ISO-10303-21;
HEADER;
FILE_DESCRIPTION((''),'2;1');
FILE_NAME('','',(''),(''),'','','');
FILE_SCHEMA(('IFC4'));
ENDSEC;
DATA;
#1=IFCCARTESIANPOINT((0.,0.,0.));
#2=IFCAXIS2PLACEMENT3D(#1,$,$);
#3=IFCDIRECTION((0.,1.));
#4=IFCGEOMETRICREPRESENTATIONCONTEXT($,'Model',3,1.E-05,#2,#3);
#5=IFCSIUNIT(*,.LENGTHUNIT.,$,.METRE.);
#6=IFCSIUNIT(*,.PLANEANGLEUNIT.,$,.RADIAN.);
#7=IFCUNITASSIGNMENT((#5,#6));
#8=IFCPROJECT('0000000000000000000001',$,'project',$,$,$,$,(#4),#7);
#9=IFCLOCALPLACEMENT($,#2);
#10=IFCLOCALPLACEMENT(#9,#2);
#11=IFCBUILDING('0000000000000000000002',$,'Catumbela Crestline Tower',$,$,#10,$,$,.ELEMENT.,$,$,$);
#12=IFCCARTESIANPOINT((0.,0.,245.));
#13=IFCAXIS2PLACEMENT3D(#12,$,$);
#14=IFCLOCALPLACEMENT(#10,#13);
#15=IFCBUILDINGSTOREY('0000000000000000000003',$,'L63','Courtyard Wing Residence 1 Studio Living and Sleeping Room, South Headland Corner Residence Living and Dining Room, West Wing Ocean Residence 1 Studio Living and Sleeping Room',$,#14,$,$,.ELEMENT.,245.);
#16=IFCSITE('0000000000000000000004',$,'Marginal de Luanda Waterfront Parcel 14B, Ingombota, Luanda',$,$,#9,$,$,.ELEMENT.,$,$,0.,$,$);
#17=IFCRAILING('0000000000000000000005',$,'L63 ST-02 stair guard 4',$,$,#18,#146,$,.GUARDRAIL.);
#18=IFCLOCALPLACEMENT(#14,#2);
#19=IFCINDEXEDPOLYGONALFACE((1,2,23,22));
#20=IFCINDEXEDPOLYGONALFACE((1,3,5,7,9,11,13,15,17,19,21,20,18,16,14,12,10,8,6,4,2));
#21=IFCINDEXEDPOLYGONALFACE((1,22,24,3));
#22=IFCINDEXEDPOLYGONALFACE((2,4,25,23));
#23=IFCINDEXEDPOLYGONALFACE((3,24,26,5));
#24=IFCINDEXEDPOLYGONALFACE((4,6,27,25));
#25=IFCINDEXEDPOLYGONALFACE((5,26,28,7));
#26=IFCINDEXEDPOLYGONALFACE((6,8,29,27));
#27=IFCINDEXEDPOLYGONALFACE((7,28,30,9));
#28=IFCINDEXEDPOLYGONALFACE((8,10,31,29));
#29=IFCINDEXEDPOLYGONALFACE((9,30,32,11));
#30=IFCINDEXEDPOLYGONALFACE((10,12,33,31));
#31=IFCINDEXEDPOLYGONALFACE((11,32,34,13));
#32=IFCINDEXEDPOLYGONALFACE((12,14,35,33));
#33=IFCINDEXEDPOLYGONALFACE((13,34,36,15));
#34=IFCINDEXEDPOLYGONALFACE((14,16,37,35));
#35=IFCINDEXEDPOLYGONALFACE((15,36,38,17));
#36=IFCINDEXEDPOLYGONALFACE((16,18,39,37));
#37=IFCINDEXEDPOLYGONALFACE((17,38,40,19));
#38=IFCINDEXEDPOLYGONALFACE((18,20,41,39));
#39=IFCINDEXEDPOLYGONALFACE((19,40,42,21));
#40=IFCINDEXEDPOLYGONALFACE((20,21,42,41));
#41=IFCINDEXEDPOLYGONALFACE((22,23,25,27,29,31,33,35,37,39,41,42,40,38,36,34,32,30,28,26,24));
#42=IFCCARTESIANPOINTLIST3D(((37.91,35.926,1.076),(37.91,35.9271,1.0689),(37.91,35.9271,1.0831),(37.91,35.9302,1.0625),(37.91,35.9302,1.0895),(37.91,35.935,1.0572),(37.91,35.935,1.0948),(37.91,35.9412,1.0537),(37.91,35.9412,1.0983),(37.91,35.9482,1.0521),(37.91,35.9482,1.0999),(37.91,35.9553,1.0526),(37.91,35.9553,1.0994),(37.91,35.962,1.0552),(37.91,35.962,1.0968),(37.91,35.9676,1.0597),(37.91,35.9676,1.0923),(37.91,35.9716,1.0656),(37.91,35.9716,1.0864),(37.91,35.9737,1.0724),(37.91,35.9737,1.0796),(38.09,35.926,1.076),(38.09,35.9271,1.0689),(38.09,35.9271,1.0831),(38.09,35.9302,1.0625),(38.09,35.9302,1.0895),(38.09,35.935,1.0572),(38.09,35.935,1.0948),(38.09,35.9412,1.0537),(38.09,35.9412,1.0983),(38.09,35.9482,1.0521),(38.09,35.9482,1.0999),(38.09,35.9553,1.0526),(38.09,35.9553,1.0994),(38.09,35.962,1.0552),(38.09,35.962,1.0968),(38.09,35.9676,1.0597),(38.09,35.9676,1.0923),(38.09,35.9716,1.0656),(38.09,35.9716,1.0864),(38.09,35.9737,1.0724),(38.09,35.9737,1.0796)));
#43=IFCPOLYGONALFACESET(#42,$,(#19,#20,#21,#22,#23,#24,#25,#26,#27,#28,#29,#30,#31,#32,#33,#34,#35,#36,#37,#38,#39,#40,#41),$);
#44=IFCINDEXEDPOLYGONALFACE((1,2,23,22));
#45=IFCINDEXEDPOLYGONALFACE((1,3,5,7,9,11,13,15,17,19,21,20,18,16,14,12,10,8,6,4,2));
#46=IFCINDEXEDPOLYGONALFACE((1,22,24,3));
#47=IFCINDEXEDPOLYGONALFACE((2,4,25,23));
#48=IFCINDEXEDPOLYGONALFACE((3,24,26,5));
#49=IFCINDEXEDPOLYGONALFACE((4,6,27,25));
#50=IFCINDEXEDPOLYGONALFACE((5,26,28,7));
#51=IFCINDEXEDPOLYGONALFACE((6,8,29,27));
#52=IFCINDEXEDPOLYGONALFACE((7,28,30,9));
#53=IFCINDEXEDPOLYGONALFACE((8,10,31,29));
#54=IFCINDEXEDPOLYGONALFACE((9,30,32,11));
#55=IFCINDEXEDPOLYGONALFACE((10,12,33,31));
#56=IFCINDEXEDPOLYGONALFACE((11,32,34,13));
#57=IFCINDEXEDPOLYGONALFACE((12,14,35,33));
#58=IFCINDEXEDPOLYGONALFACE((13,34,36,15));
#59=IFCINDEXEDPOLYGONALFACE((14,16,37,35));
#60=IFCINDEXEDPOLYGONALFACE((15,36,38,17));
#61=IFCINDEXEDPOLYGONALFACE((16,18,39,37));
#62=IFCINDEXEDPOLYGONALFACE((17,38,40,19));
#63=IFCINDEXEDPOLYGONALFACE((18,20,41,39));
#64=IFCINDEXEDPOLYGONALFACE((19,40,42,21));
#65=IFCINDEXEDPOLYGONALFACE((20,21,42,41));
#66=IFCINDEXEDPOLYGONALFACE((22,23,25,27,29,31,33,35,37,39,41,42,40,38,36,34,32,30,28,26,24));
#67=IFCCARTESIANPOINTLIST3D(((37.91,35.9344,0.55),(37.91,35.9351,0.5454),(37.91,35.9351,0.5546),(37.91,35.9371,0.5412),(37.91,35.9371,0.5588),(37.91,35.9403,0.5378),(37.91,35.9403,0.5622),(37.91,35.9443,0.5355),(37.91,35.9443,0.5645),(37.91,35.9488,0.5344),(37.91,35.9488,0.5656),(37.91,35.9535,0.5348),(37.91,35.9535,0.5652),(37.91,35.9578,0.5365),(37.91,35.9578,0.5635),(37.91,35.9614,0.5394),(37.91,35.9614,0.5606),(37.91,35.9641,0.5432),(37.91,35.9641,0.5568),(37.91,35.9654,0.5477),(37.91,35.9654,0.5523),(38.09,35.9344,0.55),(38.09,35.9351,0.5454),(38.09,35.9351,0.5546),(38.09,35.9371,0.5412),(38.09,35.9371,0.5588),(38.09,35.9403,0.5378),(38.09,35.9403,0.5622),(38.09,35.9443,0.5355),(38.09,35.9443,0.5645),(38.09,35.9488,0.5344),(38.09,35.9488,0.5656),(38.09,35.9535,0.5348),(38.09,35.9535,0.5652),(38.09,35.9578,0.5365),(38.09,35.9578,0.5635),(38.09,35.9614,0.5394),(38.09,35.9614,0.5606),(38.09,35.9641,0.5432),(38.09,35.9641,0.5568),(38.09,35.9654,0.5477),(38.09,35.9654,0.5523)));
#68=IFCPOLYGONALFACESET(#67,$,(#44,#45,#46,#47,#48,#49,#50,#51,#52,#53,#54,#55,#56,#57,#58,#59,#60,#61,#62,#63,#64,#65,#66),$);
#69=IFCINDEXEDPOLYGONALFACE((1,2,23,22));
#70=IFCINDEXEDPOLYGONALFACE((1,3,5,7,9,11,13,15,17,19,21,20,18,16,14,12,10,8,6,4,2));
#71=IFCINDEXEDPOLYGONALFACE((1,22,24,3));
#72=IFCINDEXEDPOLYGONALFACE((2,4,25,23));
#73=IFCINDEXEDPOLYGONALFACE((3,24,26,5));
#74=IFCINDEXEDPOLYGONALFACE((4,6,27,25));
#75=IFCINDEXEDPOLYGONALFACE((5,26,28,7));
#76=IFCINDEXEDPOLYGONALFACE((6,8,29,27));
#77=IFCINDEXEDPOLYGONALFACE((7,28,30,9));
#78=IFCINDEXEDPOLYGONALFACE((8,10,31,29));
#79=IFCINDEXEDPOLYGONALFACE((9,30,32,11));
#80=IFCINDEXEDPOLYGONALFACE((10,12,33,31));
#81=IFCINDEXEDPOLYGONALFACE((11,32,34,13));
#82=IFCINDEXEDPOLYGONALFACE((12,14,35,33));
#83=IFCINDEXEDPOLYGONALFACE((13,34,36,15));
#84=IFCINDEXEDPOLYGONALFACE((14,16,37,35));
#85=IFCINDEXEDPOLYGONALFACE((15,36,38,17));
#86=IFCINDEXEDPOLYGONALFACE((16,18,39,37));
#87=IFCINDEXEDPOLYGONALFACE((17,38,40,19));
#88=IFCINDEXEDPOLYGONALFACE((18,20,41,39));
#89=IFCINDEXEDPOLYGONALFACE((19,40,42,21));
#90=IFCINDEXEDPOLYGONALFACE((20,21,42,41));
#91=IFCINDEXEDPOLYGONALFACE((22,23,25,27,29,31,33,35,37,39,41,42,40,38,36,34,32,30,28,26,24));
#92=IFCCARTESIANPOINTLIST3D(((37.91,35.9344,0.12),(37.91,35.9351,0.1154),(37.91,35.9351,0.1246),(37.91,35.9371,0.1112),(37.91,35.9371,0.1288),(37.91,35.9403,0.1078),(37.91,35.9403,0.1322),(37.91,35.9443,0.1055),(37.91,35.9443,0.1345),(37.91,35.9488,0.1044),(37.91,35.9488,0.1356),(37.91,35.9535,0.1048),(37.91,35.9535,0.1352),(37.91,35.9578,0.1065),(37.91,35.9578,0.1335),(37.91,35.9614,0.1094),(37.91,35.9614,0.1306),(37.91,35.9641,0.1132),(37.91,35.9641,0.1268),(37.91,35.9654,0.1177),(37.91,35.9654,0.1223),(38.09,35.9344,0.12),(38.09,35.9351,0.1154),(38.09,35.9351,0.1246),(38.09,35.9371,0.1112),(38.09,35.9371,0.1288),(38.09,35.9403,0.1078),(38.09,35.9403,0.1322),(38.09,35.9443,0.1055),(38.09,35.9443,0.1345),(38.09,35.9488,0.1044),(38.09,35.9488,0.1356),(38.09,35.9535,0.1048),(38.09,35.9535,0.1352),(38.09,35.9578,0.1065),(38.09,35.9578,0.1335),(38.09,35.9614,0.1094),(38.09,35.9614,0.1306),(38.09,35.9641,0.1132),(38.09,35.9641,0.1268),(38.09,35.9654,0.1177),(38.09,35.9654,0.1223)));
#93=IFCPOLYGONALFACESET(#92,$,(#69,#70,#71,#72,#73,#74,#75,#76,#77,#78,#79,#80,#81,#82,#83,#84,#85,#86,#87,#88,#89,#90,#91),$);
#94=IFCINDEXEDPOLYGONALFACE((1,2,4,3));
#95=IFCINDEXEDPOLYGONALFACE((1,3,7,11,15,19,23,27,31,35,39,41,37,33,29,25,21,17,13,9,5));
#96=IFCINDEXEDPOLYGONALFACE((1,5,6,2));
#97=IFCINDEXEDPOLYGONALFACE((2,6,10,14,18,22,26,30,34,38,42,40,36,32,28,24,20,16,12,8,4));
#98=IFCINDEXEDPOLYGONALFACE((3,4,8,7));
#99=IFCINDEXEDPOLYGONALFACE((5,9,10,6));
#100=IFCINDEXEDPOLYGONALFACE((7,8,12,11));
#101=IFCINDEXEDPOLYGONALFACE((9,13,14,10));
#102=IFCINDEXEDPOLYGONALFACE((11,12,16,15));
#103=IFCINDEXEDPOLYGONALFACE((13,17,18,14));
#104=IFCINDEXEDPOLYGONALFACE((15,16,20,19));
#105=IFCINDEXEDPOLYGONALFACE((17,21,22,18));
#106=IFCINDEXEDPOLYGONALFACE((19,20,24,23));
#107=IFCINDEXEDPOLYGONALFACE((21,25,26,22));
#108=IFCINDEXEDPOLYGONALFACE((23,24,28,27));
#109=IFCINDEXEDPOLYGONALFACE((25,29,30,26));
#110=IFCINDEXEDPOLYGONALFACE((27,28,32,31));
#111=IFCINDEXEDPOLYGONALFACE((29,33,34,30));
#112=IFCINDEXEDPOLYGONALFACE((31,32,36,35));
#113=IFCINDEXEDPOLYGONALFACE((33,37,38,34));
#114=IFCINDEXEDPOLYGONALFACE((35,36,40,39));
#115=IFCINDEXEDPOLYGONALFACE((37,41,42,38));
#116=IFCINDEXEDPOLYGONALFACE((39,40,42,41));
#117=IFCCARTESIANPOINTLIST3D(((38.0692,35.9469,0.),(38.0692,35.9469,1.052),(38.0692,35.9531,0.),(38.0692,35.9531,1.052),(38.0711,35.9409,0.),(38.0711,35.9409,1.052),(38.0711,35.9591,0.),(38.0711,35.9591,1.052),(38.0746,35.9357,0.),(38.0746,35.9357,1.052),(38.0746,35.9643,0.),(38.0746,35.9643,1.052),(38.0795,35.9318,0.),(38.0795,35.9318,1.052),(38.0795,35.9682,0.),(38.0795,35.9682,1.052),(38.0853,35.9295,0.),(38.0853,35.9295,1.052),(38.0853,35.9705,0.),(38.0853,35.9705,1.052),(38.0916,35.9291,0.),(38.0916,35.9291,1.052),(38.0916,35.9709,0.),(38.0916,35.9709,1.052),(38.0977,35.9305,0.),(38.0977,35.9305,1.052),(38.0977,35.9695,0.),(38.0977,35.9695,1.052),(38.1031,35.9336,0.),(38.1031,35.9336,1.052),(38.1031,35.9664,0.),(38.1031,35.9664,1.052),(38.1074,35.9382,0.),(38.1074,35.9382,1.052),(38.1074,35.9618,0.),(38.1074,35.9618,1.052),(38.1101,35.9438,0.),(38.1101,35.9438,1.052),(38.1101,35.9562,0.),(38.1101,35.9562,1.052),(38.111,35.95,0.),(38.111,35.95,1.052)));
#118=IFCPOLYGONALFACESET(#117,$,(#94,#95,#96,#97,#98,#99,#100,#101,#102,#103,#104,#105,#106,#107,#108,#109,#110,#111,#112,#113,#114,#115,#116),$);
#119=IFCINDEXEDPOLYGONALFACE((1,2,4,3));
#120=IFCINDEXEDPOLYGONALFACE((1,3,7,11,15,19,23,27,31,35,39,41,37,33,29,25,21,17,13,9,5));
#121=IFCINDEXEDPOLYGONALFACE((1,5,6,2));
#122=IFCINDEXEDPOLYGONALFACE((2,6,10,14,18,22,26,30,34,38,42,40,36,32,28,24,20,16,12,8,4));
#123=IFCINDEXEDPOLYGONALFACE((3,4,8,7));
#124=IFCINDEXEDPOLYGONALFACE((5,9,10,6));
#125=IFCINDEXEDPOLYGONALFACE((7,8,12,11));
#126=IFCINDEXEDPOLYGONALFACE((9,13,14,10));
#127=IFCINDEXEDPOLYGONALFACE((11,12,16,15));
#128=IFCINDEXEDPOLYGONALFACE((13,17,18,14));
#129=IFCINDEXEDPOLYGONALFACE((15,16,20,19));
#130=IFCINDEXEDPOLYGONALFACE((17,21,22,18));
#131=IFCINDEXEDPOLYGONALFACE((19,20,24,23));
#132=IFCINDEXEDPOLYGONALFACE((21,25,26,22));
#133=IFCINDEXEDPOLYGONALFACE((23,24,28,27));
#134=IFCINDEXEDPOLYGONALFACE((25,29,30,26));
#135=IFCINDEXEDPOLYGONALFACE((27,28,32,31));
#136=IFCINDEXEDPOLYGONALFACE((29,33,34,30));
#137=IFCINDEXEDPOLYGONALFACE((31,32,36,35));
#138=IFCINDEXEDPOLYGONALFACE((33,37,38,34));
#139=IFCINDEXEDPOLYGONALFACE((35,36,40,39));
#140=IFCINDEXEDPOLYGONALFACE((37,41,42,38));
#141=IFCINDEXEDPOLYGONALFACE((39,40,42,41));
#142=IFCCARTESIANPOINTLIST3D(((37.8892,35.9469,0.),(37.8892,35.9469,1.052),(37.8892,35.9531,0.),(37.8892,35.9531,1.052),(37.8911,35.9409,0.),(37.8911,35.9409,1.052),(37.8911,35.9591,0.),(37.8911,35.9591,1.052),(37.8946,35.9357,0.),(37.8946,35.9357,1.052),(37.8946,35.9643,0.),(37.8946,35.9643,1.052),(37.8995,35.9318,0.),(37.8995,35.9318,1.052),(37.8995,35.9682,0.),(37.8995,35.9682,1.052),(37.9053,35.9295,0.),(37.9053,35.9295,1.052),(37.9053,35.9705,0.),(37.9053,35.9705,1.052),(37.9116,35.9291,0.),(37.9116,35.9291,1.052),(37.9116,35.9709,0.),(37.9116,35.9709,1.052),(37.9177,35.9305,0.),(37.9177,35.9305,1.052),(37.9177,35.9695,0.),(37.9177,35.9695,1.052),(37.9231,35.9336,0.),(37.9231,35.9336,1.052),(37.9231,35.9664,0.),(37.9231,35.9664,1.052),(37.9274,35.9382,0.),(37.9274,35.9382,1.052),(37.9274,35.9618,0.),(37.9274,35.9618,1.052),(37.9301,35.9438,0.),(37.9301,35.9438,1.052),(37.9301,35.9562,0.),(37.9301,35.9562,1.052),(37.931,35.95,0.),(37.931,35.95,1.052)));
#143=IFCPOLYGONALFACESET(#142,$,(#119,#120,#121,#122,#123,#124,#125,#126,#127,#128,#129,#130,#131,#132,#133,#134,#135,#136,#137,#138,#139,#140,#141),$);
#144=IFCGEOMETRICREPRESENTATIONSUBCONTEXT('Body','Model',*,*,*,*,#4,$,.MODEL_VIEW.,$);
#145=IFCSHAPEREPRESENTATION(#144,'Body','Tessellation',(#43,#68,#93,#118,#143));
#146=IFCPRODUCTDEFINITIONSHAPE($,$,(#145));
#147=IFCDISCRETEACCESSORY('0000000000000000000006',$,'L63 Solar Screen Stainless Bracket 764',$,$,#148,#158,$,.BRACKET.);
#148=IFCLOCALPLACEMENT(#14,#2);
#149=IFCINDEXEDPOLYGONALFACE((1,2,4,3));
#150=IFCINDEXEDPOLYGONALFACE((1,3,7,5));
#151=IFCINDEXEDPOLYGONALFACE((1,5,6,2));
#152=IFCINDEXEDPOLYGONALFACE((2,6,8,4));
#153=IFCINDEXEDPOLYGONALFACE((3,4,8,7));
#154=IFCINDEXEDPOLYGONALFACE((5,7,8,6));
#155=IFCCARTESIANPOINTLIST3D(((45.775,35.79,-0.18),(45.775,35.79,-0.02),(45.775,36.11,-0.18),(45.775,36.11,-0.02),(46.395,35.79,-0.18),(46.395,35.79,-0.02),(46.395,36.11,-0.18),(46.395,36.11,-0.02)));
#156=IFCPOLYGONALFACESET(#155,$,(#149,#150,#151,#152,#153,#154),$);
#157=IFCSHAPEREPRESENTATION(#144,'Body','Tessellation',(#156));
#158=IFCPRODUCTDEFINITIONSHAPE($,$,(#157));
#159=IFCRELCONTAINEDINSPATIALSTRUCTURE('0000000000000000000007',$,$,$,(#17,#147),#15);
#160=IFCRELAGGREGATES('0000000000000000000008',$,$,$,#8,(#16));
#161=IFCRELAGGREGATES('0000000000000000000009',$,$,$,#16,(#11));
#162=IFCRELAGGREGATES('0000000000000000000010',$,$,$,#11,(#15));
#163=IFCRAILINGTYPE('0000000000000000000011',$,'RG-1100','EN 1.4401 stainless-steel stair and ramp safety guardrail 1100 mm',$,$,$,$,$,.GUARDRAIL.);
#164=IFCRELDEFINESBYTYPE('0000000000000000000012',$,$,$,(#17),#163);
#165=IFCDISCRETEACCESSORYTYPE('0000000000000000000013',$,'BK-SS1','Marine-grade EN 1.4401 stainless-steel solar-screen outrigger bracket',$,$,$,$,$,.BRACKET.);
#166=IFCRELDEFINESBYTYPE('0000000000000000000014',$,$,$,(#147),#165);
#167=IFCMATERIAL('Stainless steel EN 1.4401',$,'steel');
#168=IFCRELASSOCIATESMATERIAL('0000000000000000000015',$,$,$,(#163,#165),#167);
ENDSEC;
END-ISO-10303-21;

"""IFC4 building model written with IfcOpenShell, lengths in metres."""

from ifc_helpers import new_model, si_unit, direction, frame, origin, origin_2d, place, context, subcontext, project, spatial, rectangle, circle, extrude, material, type_object, element, save


model = new_model("IFC4")

# Units and contexts
model_context = context("Model", 3, precision=1e-05, world=origin(), true_north=direction((0.0, 1.0)))
body_context = subcontext(model_context, "Body", "Model", "MODEL_VIEW")
ifc_project = project(units=[si_unit("LENGTHUNIT", "METRE"), si_unit("PLANEANGLEUNIT", "RADIAN")], contexts=[model_context])

# Site, building, storey
site_placement = place(None, origin())
site = spatial("IfcSite", under=ifc_project, at=site_placement, Name="Marginal de Luanda Waterfront Parcel 14B, Ingombota, Luanda", CompositionType="ELEMENT", RefElevation=0.0)
building_placement = place(site_placement, origin())
building = spatial("IfcBuilding", under=site, at=building_placement, Name="Catumbela Crestline Tower", CompositionType="ELEMENT")
storey_placement = place(building_placement, frame((0.0, 0.0, 245.0)))
storey = spatial("IfcBuildingStorey", under=building, at=storey_placement, Name="L63", Description="Courtyard Wing Residence 1 Studio Living and Sleeping Room, South Headland Corner Residence Living and Dining Room, West Wing Ocean Residence 1 Studio Living and Sleeping Room", CompositionType="ELEMENT", Elevation=245.0)

# Railing
ifc_material_1 = material(Name="Stainless steel EN 1.4401", Category="steel")
railing_type = type_object("IfcRailingType", Name="RG-1100", Description="EN 1.4401 stainless-steel stair and ramp safety guardrail 1100 mm", PredefinedType="GUARDRAIL", material=ifc_material_1)
railing_placement = place(storey_placement, frame((38.09, 35.95, 0.0)))
element("IfcRailing", 1, at=railing_placement, inside=storey, type_object=railing_type, Name="L63 ST-02 stair guard 4", PredefinedType="GUARDRAIL", context=body_context, shape_type="SweptSolid", body=[
    extrude(circle(Radius=0.024, at=origin_2d()), frame((0.0, 0.0, 1.076), z_axis=(-1.0, 0.0, 0.0), x_axis=(0.0, -1.0, 0.0)), (0.0, 0.0, 1.0), 0.18),
    extrude(circle(Radius=0.0156, at=origin_2d()), frame((0.0, 0.0, 0.55), z_axis=(-1.0, 0.0, 0.0), x_axis=(0.0, -1.0, 0.0)), (0.0, 0.0, 1.0), 0.18),
    extrude(circle(Radius=0.0156, at=origin_2d()), frame((0.0, 0.0, 0.12), z_axis=(-1.0, 0.0, 0.0), x_axis=(0.0, -1.0, 0.0)), (0.0, 0.0, 1.0), 0.18),
    extrude(circle(Radius=0.021, at=origin_2d()), origin(), (0.0, 0.0, 1.0), 1.052),
    extrude(circle(Radius=0.021, at=origin_2d()), frame((-0.18, 0.0, 0.0)), (0.0, 0.0, 1.0), 1.052),
])

# Discrete accessory
discrete_accessory_type = type_object("IfcDiscreteAccessoryType", Name="BK-SS1", Description="Marine-grade EN 1.4401 stainless-steel solar-screen outrigger bracket", PredefinedType="BRACKET", material=ifc_material_1)
discrete_accessory_placement = place(storey_placement, frame((46.085, 35.95, -0.18), z_axis=(0.0, 0.0, 1.0), x_axis=(0.0, 1.0, 0.0)))
element("IfcDiscreteAccessory", 2, at=discrete_accessory_placement, inside=storey, type_object=discrete_accessory_type, Name="L63 Solar Screen Stainless Bracket 764", PredefinedType="BRACKET", context=body_context, shape_type="SweptSolid", body=[
    extrude(rectangle(XDim=0.32, YDim=0.62, at=origin_2d()), origin(), (0.0, 0.0, 1.0), 0.16),
])

save(model, "model.ifc")
